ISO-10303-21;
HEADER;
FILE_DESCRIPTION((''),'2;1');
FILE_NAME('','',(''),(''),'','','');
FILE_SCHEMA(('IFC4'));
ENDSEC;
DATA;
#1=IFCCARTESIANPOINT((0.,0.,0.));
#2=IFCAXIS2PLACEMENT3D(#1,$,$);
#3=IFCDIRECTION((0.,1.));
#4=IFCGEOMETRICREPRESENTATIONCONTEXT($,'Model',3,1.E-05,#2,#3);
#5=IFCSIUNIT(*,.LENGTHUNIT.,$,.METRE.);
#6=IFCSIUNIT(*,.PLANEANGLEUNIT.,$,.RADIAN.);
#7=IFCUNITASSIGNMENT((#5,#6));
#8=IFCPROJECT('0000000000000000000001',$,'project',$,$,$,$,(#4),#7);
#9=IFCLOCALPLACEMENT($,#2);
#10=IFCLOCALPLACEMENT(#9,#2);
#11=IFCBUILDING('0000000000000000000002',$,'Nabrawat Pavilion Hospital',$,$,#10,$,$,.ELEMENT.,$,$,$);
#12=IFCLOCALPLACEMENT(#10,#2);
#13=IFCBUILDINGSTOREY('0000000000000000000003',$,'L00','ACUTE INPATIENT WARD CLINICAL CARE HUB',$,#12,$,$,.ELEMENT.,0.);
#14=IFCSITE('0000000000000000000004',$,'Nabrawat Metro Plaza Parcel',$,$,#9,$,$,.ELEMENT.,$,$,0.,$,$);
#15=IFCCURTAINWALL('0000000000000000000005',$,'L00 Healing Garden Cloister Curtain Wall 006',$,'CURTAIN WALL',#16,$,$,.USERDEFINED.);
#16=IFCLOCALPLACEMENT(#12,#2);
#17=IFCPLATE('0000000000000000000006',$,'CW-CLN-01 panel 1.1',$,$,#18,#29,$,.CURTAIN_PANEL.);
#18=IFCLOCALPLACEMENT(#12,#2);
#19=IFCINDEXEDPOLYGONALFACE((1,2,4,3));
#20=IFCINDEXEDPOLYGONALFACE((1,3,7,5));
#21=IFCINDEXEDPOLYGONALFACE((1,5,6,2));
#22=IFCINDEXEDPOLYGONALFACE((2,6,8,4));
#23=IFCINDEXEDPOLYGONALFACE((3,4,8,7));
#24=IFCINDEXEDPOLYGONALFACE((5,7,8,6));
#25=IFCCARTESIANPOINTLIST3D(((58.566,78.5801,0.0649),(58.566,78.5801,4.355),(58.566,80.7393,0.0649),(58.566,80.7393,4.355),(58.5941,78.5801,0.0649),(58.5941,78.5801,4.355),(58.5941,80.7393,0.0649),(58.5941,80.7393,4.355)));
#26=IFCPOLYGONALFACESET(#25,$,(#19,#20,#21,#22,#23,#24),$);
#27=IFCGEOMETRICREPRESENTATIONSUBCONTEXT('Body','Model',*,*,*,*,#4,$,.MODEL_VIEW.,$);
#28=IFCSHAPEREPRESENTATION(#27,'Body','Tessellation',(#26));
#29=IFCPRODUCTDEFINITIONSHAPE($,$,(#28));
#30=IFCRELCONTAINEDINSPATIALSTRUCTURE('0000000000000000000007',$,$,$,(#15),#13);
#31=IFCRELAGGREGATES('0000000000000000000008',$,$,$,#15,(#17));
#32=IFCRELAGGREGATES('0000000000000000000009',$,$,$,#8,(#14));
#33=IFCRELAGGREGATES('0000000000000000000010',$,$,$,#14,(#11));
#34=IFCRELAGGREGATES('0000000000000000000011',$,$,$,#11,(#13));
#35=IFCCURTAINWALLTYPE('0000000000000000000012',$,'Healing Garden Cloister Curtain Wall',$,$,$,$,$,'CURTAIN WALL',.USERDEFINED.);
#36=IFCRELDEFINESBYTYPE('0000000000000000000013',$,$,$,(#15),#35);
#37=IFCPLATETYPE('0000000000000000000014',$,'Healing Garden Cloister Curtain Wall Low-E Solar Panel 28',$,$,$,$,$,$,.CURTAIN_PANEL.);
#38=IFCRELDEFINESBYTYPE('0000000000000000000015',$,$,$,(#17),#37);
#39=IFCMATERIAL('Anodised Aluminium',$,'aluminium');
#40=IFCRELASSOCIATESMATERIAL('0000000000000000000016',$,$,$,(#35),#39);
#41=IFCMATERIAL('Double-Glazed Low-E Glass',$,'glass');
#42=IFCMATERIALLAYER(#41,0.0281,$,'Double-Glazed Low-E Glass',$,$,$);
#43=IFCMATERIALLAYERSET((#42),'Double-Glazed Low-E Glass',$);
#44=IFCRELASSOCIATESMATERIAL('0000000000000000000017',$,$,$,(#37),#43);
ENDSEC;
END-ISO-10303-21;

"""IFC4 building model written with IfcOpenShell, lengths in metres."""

from ifc_helpers import new_model, si_unit, direction, frame, origin, origin_2d, place, context, subcontext, project, spatial, rectangle, extrude, material, layer, layer_set, type_object, element, aggregate, save


model = new_model("IFC4")

# Units and contexts
model_context = context("Model", 3, precision=1e-05, world=origin(), true_north=direction((0.0, 1.0)))
body_context = subcontext(model_context, "Body", "Model", "MODEL_VIEW")
ifc_project = project(units=[si_unit("LENGTHUNIT", "METRE"), si_unit("PLANEANGLEUNIT", "RADIAN")], contexts=[model_context])

# Site, building, storey
site_placement = place(None, origin())
site = spatial("IfcSite", under=ifc_project, at=site_placement, Name="Nabrawat Metro Plaza Parcel", CompositionType="ELEMENT", RefElevation=0.0)
building_placement = place(site_placement, origin())
building = spatial("IfcBuilding", under=site, at=building_placement, Name="Nabrawat Pavilion Hospital", CompositionType="ELEMENT")
storey_placement = place(building_placement, origin())
storey = spatial("IfcBuildingStorey", under=building, at=storey_placement, Name="L00", Description="ACUTE INPATIENT WARD CLINICAL CARE HUB", CompositionType="ELEMENT", Elevation=0.0)

# Shared definitions
ifc_material_1 = material(Name="Anodised Aluminium", Category="aluminium")
curtain_wall_type = type_object("IfcCurtainWallType", Name="Healing Garden Cloister Curtain Wall", ElementType="CURTAIN WALL", PredefinedType="USERDEFINED", material=ifc_material_1)

# Curtain wall
curtain_wall_1_placement = place(storey_placement, origin())
curtain_wall_1 = element("IfcCurtainWall", 1, at=curtain_wall_1_placement, inside=storey, type_object=curtain_wall_type, Name="L00 Healing Garden Cloister Curtain Wall 006", ObjectType="CURTAIN WALL", PredefinedType="USERDEFINED")

# Plate
ifc_material_2 = material(Name="Double-Glazed Low-E Glass", Category="glass")
ifc_layer_1 = layer(ifc_material_2, 0.0281, Name="Double-Glazed Low-E Glass")
ifc_layer_set_1 = layer_set([ifc_layer_1], Name="Double-Glazed Low-E Glass")
plate_type_1 = type_object("IfcPlateType", Name="Healing Garden Cloister Curtain Wall Low-E Solar Panel 28", PredefinedType="CURTAIN_PANEL", material=ifc_layer_set_1)
plate_1_placement = place(storey_placement, frame((58.5801, 79.6597, 0.0649), z_axis=(0.0, 0.0, 1.0), x_axis=(0.0, 1.0, 0.0)))
plate_1 = element("IfcPlate", 2, at=plate_1_placement, type_object=plate_type_1, Name="CW-CLN-01 panel 1.1", PredefinedType="CURTAIN_PANEL", context=body_context, shape_type="SweptSolid", body=[
    extrude(rectangle(XDim=2.1592, YDim=0.0281, at=origin_2d()), origin(), (0.0, 0.0, 1.0), 4.29),
])
aggregate(curtain_wall_1, [plate_1])

save(model, "model.ifc")
